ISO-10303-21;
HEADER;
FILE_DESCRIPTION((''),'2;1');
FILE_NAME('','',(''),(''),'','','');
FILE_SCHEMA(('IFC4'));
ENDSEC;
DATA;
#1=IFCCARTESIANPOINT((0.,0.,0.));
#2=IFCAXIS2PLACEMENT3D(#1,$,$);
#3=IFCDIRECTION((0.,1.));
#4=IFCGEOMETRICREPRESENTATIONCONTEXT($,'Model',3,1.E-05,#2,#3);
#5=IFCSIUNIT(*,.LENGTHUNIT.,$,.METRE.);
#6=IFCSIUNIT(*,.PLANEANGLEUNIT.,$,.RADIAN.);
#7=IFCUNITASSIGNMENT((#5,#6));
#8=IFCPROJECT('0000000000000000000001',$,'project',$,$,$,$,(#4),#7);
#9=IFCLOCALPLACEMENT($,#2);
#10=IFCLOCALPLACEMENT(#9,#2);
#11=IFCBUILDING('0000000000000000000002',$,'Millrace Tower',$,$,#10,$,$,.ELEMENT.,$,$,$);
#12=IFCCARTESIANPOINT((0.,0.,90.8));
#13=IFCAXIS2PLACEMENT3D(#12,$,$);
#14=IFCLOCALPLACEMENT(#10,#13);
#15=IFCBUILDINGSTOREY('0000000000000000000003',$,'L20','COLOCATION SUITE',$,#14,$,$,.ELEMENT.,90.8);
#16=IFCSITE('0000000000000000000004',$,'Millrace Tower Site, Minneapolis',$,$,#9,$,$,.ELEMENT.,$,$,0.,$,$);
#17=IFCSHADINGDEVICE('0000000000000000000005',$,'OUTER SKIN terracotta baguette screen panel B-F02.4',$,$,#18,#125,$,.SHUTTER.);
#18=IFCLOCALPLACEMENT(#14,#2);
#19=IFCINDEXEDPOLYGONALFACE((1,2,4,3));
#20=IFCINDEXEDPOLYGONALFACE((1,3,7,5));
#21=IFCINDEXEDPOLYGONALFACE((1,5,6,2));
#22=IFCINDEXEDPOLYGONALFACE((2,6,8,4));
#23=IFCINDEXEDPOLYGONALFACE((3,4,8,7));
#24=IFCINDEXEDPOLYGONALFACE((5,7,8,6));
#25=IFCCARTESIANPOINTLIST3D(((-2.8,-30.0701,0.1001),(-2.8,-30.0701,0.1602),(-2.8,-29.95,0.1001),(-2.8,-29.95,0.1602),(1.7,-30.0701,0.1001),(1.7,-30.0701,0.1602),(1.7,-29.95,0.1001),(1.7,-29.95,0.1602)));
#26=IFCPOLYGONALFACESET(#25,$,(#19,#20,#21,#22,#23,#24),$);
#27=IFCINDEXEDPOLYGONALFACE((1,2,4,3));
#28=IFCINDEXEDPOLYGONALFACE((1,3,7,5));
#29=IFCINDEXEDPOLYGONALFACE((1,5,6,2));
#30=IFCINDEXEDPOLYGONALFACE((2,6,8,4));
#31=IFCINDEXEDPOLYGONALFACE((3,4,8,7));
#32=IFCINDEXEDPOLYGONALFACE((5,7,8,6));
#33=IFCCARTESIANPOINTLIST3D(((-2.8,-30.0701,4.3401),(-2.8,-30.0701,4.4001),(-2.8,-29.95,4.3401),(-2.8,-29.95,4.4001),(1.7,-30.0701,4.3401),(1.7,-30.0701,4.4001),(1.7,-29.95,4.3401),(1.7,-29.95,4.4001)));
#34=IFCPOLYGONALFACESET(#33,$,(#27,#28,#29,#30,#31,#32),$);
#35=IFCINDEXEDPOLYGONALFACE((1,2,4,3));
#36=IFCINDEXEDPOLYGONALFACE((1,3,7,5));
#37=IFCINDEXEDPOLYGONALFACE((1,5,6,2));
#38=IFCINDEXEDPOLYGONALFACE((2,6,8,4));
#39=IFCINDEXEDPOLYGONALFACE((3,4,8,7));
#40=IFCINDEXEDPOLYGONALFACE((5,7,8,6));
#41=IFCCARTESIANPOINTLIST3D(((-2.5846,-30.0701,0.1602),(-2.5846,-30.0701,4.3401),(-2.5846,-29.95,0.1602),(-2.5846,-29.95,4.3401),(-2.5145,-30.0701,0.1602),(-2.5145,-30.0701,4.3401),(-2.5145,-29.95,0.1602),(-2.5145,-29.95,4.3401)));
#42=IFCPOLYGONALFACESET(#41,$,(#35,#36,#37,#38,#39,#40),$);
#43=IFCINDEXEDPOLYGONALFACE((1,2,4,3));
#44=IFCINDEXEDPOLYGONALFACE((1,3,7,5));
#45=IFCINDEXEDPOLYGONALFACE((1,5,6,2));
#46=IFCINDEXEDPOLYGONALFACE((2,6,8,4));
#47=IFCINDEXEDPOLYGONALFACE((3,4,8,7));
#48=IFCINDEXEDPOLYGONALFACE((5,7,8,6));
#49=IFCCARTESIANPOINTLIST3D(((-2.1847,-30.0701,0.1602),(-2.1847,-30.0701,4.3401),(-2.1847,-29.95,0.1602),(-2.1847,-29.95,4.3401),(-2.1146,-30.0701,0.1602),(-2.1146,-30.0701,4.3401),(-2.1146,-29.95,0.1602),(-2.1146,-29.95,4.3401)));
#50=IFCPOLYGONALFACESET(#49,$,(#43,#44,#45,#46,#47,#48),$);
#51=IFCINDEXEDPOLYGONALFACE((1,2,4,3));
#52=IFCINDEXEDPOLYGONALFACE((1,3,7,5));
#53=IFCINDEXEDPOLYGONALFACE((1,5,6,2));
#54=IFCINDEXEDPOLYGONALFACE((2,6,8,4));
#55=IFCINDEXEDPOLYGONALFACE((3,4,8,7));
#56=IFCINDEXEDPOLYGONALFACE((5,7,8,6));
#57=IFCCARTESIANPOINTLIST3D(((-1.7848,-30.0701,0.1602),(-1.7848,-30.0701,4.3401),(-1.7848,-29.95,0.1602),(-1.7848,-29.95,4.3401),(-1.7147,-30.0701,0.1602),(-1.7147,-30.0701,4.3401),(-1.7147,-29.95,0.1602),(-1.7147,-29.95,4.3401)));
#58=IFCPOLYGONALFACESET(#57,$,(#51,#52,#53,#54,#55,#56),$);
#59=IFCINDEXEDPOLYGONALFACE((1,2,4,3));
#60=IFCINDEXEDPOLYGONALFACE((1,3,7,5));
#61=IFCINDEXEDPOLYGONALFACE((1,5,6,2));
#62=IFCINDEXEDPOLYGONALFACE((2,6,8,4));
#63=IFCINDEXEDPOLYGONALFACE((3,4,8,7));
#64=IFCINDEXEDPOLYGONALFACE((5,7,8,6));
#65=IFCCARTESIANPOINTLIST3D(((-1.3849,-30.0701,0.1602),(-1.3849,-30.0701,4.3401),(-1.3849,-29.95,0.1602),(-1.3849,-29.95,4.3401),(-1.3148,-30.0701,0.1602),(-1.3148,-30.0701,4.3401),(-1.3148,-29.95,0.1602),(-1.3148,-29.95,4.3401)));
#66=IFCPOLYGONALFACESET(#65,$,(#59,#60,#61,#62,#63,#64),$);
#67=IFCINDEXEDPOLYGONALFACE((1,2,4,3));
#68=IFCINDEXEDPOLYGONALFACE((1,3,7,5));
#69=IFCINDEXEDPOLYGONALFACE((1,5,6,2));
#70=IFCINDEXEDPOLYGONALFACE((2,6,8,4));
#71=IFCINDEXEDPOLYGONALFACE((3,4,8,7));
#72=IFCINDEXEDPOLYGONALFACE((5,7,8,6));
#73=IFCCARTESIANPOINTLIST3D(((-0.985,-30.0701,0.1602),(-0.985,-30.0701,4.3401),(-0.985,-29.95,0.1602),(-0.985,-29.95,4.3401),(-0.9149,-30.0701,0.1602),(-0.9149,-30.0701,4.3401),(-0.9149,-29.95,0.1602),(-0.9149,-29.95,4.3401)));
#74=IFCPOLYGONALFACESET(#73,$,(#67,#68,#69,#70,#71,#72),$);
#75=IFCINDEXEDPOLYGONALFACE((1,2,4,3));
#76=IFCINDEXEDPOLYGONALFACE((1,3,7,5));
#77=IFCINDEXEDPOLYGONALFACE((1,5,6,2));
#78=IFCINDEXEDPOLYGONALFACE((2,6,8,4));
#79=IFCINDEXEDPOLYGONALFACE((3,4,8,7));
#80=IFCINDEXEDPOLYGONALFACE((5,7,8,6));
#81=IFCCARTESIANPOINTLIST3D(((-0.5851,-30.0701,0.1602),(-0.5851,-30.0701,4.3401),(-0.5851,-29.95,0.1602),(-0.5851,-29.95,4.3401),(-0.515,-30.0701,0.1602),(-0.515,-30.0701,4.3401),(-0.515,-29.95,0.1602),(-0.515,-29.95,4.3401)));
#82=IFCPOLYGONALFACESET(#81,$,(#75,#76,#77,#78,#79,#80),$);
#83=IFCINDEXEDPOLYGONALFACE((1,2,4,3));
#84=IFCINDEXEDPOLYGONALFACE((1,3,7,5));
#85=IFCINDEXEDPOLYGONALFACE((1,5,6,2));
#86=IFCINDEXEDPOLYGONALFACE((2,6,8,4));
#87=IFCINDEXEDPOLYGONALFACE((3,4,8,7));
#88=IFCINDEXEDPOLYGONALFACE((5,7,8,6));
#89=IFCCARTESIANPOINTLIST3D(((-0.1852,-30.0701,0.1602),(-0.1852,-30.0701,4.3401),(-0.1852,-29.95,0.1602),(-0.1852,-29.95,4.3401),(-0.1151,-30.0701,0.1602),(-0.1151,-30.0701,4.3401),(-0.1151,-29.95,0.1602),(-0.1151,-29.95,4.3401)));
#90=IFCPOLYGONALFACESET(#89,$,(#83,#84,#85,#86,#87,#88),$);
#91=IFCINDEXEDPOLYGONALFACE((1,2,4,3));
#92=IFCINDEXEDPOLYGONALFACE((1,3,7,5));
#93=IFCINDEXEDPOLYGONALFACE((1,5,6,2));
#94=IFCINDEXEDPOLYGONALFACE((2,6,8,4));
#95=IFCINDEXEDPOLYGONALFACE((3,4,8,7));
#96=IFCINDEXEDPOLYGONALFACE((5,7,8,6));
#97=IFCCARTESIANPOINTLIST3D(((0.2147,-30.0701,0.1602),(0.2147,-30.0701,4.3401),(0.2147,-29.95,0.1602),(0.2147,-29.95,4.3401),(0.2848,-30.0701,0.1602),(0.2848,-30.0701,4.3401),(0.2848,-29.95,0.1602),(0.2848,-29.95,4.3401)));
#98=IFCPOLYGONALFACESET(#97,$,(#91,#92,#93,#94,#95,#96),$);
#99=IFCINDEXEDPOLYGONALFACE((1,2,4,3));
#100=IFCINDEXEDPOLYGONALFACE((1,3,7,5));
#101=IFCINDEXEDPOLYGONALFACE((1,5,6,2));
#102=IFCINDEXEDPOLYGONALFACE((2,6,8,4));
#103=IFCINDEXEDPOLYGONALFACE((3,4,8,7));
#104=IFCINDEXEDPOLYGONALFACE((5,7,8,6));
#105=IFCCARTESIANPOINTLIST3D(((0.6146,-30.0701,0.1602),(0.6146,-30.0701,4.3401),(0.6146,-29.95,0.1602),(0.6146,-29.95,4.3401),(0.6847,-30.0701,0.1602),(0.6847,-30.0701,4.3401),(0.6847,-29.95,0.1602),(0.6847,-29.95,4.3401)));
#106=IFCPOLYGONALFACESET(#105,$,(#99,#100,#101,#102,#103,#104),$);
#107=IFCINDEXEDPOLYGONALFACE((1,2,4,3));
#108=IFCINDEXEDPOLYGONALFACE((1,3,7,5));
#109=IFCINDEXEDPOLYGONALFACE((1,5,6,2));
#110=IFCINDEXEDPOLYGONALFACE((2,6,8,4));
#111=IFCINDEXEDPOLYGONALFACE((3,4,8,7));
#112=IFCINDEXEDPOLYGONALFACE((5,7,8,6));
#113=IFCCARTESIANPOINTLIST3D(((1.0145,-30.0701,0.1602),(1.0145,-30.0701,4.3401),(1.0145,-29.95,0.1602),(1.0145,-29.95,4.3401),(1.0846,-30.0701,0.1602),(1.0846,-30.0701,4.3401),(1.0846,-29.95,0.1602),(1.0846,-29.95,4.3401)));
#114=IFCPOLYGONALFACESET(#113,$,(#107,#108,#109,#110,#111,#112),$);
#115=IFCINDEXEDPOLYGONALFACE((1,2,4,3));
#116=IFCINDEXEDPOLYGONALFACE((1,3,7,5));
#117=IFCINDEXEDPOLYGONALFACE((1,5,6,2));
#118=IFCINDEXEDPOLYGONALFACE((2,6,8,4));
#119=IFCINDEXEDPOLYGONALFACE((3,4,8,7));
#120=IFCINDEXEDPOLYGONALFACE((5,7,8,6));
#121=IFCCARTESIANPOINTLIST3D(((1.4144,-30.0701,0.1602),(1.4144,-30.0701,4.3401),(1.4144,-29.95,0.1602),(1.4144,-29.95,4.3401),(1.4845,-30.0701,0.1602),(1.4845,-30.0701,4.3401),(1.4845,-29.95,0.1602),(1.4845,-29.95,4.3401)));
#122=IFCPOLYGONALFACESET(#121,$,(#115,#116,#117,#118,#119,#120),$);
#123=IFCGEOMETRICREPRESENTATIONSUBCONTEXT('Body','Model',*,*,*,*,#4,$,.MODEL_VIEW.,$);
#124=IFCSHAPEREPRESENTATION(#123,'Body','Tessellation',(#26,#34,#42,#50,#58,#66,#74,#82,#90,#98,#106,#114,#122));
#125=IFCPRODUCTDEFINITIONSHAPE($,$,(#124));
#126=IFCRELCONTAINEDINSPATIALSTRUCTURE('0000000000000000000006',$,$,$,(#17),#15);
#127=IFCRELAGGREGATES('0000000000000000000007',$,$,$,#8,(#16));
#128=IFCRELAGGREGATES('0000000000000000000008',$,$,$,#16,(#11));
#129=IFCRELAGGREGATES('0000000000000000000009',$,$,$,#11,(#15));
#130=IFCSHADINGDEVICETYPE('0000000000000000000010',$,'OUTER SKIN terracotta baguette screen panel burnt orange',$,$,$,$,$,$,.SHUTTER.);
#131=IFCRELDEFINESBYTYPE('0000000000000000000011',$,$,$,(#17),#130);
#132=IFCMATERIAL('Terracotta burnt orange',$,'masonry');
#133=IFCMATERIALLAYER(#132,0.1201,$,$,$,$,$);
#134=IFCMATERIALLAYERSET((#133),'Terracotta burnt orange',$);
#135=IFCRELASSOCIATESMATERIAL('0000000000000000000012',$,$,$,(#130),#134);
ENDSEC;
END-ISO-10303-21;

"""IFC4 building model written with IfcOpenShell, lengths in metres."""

from ifc_helpers import new_model, entity, si_unit, direction, frame, frame_2d, origin, origin_2d, place, context, subcontext, project, spatial, rectangle, extrude, source, transform, mapped, material, layer, layer_set, type_object, element, save


model = new_model("IFC4")

# Units and contexts
model_context = context("Model", 3, precision=1e-05, world=origin(), true_north=direction((0.0, 1.0)))
body_context = subcontext(model_context, "Body", "Model", "MODEL_VIEW")
ifc_project = project(units=[si_unit("LENGTHUNIT", "METRE"), si_unit("PLANEANGLEUNIT", "RADIAN")], contexts=[model_context])

# Site, building, storey
site_placement = place(None, origin())
site = spatial("IfcSite", under=ifc_project, at=site_placement, Name="Millrace Tower Site, Minneapolis", CompositionType="ELEMENT", RefElevation=0.0)
building_placement = place(site_placement, origin())
building = spatial("IfcBuilding", under=site, at=building_placement, Name="Millrace Tower", CompositionType="ELEMENT")
storey_placement = place(building_placement, frame((0.0, 0.0, 90.8)))
storey = spatial("IfcBuildingStorey", under=building, at=storey_placement, Name="L20", Description="COLOCATION SUITE", CompositionType="ELEMENT", Elevation=90.8)

# Shading device
ifc_material_1 = material(Name="Terracotta burnt orange", Category="masonry")
ifc_layer_1 = layer(ifc_material_1, 0.1201)
ifc_layer_set_1 = layer_set([ifc_layer_1], Name="Terracotta burnt orange")
shading_device_type = type_object("IfcShadingDeviceType", Name="OUTER SKIN terracotta baguette screen panel burnt orange", PredefinedType="SHUTTER", material=ifc_layer_set_1)
cartesian_point_1 = entity("IfcCartesianPoint", [-2.25, 0.0601])
shared_polyline_1 = entity("IfcPolyline", [cartesian_point_1, entity("IfcCartesianPoint", [2.25, 0.0601]), entity("IfcCartesianPoint", [2.25, -0.0601]), entity("IfcCartesianPoint", [-2.25, -0.0601]), cartesian_point_1])
shared_shape_1 = source(origin(), body_context, "Body", "SweptSolid", [
    entity("IfcExtrudedAreaSolid", entity("IfcArbitraryClosedProfileDef", "AREA", None, shared_polyline_1), entity("IfcAxis2Placement3D", entity("IfcCartesianPoint", [0.0, 0.0, 0.0])), entity("IfcDirection", [0.0, 0.0, 1.0]), 0.0601),
    entity("IfcExtrudedAreaSolid", entity("IfcArbitraryClosedProfileDef", "AREA", None, shared_polyline_1), entity("IfcAxis2Placement3D", entity("IfcCartesianPoint", [0.0, 0.0, 4.24])), entity("IfcDirection", [0.0, 0.0, 1.0]), 0.0601),
    extrude(rectangle(XDim=0.0701, YDim=0.1201, at=frame_2d((-1.9995, 0.0))), frame((0.0, 0.0, 0.0601)), (0.0, 0.0, 1.0), 4.1799),
    extrude(rectangle(XDim=0.0701, YDim=0.1201, at=frame_2d((-1.5996, 0.0))), frame((0.0, 0.0, 0.0601)), (0.0, 0.0, 1.0), 4.1799),
    extrude(rectangle(XDim=0.0701, YDim=0.1201, at=frame_2d((-1.1997, 0.0))), frame((0.0, 0.0, 0.0601)), (0.0, 0.0, 1.0), 4.1799),
    extrude(rectangle(XDim=0.0701, YDim=0.1201, at=frame_2d((-0.7998, 0.0))), frame((0.0, 0.0, 0.0601)), (0.0, 0.0, 1.0), 4.1799),
    extrude(rectangle(XDim=0.0701, YDim=0.1201, at=frame_2d((-0.3999, 0.0))), frame((0.0, 0.0, 0.0601)), (0.0, 0.0, 1.0), 4.1799),
    extrude(rectangle(XDim=0.0701, YDim=0.1201, at=origin_2d()), frame((0.0, 0.0, 0.0601)), (0.0, 0.0, 1.0), 4.1799),
    extrude(rectangle(XDim=0.0701, YDim=0.1201, at=frame_2d((0.3999, 0.0))), frame((0.0, 0.0, 0.0601)), (0.0, 0.0, 1.0), 4.1799),
    extrude(rectangle(XDim=0.0701, YDim=0.1201, at=frame_2d((0.7998, 0.0))), frame((0.0, 0.0, 0.0601)), (0.0, 0.0, 1.0), 4.1799),
    extrude(rectangle(XDim=0.0701, YDim=0.1201, at=frame_2d((1.1997, 0.0))), frame((0.0, 0.0, 0.0601)), (0.0, 0.0, 1.0), 4.1799),
    extrude(rectangle(XDim=0.0701, YDim=0.1201, at=frame_2d((1.5996, 0.0))), frame((0.0, 0.0, 0.0601)), (0.0, 0.0, 1.0), 4.1799),
    extrude(rectangle(XDim=0.0701, YDim=0.1201, at=frame_2d((1.9995, 0.0))), frame((0.0, 0.0, 0.0601)), (0.0, 0.0, 1.0), 4.1799),
])
for number, where, z_axis, x_axis, name in (
    (1, (-0.55, -30.01, 0.1001), (0.0, 0.0, 1.0), (1.0, 0.0, 0.0), "OUTER SKIN terracotta baguette screen panel B-F02.4"),
):
    element("IfcShadingDevice", number, at=place(storey_placement, frame(where, z_axis=z_axis, x_axis=x_axis)), inside=storey, type_object=shading_device_type, Name=name, PredefinedType="SHUTTER", context=body_context, shape_type="MappedRepresentation", body=[
        mapped(shared_shape_1, transform((0.0, 0.0, 0.0), scale=1.0)),
    ])

save(model, "model.ifc")
